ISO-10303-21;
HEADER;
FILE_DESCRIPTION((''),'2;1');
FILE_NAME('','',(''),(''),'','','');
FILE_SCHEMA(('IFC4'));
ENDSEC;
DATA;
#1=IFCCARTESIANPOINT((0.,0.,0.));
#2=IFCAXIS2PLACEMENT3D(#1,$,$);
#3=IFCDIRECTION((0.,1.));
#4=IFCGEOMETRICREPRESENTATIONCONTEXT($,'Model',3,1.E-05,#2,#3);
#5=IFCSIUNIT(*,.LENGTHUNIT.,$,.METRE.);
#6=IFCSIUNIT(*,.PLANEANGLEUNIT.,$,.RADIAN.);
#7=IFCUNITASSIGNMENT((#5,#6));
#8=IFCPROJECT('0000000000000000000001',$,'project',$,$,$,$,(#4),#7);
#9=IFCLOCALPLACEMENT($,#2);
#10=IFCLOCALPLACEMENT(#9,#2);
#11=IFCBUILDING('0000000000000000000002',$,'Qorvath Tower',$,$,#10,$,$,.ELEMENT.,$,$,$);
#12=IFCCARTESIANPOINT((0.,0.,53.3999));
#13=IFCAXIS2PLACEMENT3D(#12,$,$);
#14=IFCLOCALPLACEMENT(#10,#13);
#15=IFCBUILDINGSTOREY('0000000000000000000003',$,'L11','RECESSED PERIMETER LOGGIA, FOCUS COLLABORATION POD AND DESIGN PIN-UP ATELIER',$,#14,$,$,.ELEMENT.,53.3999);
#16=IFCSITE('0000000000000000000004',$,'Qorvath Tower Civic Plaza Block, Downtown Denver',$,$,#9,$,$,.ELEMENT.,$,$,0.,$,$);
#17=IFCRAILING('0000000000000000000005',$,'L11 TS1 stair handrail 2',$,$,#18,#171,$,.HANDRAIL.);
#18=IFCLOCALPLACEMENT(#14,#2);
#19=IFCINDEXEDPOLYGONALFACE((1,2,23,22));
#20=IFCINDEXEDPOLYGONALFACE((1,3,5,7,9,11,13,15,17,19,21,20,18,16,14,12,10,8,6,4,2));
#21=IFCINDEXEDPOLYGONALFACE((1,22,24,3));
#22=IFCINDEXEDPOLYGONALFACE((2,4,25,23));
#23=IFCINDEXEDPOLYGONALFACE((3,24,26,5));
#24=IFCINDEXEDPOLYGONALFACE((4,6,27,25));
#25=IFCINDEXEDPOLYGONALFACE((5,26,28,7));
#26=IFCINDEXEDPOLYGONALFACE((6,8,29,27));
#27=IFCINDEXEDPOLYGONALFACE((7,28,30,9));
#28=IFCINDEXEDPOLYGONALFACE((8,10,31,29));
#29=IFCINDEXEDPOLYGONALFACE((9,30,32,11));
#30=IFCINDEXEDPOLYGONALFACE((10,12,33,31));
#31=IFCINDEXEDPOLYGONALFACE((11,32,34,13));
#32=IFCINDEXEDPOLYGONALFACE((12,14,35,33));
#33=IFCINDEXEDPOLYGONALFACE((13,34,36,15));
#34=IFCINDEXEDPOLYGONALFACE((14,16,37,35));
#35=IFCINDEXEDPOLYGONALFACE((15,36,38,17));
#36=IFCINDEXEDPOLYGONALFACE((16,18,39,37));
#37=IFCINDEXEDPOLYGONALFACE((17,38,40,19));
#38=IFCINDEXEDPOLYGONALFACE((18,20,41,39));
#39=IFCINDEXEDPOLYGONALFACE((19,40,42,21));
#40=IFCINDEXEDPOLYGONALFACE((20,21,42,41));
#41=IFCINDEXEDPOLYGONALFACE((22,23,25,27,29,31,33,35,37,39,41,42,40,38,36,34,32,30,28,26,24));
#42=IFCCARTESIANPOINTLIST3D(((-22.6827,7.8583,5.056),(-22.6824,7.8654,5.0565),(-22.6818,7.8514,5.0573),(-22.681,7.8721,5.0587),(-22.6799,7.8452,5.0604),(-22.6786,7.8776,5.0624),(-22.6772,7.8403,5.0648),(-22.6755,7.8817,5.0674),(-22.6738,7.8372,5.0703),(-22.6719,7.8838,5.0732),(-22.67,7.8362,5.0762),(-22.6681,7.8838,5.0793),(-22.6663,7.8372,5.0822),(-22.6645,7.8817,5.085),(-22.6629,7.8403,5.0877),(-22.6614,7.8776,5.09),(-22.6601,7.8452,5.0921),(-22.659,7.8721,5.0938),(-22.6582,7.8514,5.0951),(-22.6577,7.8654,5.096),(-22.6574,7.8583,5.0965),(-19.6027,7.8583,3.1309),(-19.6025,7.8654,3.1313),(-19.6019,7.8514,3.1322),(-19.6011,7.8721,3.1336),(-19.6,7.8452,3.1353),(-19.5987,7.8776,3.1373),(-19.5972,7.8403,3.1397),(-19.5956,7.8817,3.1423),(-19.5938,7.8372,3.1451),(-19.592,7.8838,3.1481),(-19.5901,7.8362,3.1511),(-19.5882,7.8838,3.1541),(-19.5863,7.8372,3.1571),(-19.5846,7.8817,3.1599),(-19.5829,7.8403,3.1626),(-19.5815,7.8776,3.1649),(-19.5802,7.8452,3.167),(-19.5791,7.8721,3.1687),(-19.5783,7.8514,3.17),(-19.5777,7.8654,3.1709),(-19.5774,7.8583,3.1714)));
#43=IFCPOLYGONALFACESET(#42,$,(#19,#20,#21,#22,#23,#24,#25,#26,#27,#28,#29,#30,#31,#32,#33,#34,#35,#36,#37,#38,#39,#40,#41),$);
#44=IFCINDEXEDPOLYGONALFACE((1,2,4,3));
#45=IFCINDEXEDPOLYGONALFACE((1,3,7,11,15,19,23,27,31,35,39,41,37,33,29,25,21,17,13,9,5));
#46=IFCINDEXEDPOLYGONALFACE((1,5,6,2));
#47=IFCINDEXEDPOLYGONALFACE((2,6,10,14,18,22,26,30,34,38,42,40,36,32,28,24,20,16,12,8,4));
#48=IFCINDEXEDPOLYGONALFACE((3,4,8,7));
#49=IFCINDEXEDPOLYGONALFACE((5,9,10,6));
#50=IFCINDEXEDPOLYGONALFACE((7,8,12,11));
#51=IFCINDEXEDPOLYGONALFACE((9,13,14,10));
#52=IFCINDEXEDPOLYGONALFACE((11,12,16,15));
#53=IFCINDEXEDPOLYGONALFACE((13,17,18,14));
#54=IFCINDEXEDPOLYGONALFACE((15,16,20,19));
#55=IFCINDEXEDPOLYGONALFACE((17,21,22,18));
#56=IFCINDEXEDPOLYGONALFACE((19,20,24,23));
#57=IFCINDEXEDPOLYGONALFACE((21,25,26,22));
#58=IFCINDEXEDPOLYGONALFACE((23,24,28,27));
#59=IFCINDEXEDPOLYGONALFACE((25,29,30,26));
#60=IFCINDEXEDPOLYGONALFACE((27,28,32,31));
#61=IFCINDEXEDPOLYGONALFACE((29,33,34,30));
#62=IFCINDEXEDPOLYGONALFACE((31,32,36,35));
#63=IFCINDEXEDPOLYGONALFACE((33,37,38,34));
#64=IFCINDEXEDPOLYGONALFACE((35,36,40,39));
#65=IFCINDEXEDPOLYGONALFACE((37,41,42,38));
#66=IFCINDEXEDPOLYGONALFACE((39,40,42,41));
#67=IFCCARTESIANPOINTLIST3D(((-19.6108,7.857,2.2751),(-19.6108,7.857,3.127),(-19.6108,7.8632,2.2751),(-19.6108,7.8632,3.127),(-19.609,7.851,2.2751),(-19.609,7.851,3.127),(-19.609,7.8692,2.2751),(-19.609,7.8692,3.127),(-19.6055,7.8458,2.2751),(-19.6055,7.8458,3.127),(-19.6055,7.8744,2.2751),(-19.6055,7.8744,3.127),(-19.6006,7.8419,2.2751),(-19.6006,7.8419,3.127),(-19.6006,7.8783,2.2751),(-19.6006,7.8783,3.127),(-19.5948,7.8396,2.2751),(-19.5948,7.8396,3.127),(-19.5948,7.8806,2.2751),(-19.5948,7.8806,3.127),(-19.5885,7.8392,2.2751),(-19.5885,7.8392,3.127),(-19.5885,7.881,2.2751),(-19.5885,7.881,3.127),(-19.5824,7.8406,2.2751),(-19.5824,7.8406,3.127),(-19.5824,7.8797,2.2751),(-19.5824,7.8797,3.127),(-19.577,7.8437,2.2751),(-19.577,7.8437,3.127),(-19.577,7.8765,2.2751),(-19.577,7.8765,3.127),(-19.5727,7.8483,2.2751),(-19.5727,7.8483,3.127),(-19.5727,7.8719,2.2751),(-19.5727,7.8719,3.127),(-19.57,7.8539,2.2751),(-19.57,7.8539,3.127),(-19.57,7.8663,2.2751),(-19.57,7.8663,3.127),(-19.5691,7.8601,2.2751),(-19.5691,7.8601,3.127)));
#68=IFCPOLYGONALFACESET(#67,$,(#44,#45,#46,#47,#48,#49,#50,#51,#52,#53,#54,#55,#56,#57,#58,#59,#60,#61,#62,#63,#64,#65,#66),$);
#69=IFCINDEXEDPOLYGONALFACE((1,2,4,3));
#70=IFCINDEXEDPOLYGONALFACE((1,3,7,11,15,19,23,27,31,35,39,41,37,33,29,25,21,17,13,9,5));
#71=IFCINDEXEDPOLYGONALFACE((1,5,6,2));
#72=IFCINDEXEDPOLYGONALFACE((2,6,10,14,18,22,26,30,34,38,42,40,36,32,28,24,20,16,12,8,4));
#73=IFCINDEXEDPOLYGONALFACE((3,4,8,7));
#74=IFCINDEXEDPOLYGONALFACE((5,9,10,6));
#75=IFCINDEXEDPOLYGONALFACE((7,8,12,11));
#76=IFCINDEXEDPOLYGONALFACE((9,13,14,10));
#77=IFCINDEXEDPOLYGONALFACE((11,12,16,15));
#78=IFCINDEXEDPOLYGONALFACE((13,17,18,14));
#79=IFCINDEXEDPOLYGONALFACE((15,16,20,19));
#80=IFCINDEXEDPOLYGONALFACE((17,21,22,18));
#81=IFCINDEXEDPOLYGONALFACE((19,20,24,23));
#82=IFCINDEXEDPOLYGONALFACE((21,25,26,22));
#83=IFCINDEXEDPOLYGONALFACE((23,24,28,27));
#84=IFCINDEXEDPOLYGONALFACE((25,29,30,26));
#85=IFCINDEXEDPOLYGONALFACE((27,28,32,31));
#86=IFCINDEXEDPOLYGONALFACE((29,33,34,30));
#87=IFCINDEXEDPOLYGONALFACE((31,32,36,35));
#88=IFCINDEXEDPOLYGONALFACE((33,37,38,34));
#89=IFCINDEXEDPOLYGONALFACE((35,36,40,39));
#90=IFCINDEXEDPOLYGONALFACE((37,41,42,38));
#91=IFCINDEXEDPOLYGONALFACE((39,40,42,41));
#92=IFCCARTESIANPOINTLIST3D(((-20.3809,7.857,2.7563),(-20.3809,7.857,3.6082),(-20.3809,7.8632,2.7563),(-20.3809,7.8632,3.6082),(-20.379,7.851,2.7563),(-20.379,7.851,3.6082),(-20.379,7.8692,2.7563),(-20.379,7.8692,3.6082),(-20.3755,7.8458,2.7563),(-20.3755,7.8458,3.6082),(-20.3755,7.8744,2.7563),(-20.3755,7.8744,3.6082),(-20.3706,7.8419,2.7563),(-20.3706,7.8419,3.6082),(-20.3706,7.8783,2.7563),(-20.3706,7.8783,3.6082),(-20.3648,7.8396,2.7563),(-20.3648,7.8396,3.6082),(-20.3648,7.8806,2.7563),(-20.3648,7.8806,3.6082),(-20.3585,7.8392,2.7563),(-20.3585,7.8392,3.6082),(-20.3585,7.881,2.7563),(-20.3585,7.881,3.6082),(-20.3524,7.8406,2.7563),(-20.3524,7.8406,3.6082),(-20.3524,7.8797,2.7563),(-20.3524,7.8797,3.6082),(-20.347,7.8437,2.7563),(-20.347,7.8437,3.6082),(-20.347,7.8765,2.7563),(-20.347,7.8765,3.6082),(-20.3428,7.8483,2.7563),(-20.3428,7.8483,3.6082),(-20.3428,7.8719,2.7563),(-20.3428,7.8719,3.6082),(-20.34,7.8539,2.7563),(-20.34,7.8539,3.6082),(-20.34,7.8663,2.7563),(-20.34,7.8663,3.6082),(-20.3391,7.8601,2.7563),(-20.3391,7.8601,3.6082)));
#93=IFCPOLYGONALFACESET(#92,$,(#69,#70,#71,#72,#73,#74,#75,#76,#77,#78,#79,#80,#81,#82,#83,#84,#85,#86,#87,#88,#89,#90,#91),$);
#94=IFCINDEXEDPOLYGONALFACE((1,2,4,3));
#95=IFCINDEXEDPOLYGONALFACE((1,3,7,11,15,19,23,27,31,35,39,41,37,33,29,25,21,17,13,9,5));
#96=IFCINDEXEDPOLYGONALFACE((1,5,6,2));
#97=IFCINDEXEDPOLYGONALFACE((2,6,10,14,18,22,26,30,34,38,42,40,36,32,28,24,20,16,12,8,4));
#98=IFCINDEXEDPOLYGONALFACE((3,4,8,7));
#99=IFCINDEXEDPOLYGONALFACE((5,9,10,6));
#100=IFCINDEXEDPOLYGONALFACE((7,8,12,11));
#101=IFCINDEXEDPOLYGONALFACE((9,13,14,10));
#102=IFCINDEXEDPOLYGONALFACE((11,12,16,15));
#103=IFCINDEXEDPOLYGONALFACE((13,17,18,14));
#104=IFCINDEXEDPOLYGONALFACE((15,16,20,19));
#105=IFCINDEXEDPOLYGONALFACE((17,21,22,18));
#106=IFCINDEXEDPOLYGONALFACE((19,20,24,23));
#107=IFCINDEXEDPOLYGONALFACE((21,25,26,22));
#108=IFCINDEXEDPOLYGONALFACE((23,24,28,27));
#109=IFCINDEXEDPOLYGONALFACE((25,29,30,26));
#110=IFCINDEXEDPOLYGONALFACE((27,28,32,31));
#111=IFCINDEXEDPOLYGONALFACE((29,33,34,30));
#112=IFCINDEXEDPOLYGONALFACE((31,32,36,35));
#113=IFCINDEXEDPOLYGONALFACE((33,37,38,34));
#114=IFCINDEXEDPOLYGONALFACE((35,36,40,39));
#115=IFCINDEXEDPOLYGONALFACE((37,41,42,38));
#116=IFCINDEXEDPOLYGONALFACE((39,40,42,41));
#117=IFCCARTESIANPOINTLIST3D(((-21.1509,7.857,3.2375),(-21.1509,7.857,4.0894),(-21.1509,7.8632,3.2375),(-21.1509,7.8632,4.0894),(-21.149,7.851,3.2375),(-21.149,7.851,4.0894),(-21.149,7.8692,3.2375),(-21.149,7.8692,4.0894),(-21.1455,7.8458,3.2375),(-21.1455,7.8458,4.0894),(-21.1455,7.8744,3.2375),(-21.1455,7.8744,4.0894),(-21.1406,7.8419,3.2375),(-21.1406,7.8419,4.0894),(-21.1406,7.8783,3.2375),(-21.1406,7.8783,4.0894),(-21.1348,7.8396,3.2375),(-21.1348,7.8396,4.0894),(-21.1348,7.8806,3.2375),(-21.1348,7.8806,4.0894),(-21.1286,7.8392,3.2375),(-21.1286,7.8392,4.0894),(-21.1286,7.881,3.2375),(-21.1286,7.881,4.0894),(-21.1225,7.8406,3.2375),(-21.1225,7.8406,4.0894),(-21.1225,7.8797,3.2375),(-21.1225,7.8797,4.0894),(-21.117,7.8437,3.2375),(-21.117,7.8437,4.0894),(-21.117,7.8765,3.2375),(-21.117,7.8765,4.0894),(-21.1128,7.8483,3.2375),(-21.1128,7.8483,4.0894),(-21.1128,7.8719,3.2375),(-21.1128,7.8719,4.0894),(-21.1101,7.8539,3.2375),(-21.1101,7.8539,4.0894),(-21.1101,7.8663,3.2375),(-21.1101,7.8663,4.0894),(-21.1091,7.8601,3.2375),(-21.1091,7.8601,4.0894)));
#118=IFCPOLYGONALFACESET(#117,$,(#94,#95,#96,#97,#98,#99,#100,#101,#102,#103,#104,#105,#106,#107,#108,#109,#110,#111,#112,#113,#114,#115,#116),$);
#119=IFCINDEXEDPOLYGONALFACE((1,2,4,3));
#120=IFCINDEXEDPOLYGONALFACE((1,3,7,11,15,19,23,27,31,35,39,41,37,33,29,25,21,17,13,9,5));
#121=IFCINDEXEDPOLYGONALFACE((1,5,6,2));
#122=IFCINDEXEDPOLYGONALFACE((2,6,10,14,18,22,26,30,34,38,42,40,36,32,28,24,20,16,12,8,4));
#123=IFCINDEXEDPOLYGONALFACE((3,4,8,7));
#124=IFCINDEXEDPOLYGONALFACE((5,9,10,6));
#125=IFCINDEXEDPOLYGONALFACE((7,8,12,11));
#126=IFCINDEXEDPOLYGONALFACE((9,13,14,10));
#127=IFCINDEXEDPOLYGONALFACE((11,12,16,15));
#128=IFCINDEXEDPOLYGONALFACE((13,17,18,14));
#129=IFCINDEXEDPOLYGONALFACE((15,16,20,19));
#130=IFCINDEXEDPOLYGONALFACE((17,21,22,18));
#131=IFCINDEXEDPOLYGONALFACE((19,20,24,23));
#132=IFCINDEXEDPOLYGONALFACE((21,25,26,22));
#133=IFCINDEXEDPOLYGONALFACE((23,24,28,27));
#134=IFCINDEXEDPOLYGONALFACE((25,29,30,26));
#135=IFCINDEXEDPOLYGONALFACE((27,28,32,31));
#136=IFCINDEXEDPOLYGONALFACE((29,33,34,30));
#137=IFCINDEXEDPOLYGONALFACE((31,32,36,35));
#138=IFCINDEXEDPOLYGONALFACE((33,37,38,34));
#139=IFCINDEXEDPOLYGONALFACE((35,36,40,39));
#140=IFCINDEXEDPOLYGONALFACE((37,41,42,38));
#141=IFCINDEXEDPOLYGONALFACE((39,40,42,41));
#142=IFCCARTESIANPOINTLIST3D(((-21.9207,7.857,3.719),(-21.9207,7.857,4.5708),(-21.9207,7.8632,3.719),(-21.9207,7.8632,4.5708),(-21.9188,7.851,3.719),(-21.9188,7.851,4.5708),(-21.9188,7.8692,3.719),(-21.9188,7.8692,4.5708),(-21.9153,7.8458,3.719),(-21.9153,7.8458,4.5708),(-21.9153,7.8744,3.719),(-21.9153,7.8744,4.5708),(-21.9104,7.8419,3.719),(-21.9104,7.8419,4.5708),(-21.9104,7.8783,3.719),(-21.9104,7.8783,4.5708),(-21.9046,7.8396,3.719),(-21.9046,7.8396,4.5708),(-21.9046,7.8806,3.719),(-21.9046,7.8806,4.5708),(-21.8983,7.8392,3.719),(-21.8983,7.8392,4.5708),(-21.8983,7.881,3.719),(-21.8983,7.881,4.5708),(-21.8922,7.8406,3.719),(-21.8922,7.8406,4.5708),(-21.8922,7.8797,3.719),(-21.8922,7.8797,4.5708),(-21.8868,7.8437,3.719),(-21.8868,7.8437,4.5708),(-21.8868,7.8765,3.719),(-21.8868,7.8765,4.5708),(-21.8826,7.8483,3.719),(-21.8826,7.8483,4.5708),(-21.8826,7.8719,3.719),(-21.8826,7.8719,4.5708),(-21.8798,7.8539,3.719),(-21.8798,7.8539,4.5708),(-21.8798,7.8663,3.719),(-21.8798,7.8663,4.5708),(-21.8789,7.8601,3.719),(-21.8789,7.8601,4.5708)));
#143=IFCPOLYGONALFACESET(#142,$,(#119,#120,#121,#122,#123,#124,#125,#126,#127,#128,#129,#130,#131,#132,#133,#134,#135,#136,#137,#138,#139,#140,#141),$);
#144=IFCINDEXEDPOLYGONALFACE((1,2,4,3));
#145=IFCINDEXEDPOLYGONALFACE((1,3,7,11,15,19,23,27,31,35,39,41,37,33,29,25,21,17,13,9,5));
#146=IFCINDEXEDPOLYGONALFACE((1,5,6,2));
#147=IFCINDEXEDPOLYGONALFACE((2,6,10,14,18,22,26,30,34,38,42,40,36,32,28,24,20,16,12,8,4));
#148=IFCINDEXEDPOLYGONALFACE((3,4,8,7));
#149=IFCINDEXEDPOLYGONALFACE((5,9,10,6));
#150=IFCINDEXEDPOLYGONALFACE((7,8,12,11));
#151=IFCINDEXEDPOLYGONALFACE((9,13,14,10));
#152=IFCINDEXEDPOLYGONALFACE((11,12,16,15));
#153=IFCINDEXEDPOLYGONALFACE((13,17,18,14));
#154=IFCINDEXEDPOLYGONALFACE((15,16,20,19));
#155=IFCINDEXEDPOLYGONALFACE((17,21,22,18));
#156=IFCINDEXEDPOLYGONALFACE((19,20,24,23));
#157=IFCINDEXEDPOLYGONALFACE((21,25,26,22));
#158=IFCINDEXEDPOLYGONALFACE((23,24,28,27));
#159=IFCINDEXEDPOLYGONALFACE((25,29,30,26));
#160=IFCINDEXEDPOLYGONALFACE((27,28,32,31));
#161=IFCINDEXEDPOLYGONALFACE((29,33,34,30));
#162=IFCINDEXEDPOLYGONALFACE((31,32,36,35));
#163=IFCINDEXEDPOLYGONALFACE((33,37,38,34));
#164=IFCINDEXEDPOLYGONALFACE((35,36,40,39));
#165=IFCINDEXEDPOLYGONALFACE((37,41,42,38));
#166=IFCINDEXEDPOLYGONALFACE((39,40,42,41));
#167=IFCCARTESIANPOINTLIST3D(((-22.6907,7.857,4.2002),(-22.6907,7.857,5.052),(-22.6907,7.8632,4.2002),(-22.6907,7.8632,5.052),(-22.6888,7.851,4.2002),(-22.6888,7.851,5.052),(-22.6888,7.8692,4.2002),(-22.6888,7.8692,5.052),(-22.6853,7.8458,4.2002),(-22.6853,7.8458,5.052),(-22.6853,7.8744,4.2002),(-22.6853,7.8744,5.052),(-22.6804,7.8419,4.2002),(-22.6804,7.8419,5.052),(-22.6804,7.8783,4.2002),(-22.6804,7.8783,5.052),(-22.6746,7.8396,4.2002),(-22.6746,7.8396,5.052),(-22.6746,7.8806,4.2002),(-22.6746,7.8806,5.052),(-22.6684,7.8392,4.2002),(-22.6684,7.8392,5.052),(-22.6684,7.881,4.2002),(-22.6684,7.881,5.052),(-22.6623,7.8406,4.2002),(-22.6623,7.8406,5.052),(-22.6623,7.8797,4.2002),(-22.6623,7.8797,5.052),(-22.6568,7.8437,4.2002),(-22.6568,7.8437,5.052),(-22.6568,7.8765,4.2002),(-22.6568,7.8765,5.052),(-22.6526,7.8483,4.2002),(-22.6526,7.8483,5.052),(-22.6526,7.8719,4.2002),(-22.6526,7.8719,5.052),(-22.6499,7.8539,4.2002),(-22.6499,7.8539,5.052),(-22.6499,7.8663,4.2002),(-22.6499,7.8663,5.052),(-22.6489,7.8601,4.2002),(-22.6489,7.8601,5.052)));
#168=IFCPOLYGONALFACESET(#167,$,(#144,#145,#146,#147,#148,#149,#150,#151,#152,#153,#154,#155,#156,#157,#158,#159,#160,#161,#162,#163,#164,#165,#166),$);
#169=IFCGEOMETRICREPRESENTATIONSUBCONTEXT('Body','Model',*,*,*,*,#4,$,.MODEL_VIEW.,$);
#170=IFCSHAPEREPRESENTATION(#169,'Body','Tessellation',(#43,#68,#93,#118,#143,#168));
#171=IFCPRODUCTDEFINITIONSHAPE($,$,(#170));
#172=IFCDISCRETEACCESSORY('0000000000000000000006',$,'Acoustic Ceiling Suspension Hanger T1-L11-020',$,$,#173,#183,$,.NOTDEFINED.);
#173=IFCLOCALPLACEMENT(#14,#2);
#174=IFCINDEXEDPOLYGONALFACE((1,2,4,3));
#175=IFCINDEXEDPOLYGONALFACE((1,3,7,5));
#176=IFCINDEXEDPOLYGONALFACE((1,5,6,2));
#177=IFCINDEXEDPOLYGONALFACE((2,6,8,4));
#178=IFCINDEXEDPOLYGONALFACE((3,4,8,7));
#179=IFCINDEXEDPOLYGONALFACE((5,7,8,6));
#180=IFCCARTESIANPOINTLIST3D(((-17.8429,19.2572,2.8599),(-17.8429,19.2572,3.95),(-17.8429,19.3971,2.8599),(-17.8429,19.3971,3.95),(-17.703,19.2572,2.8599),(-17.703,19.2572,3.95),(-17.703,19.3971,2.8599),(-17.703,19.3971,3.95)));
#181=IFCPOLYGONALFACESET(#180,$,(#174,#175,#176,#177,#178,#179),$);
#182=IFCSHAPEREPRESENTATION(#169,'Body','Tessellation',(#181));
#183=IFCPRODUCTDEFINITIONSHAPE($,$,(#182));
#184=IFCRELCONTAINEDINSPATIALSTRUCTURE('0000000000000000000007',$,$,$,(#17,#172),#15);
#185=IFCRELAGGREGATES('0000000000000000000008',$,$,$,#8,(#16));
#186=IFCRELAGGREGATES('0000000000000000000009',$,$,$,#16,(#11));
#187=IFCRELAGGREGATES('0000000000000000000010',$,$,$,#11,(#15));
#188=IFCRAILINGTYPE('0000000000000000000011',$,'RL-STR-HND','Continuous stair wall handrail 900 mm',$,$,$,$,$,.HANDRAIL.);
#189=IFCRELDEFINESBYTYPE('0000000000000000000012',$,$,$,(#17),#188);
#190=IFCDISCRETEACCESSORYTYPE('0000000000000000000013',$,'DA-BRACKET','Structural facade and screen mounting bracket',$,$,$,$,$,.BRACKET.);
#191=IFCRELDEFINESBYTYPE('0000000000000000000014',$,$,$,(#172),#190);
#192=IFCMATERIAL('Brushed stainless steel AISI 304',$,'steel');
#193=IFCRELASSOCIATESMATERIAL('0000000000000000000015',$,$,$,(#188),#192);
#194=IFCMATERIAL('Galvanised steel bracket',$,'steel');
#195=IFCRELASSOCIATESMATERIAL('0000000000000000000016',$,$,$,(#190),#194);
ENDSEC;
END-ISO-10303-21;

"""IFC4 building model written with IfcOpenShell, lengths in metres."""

from ifc_helpers import new_model, si_unit, direction, frame, origin, origin_2d, place, context, subcontext, project, spatial, rectangle, circle, extrude, material, type_object, element, save


model = new_model("IFC4")

# Units and contexts
model_context = context("Model", 3, precision=1e-05, world=origin(), true_north=direction((0.0, 1.0)))
body_context = subcontext(model_context, "Body", "Model", "MODEL_VIEW")
ifc_project = project(units=[si_unit("LENGTHUNIT", "METRE"), si_unit("PLANEANGLEUNIT", "RADIAN")], contexts=[model_context])

# Site, building, storey
site_placement = place(None, origin())
site = spatial("IfcSite", under=ifc_project, at=site_placement, Name="Qorvath Tower Civic Plaza Block, Downtown Denver", CompositionType="ELEMENT", RefElevation=0.0)
building_placement = place(site_placement, origin())
building = spatial("IfcBuilding", under=site, at=building_placement, Name="Qorvath Tower", CompositionType="ELEMENT")
storey_placement = place(building_placement, frame((0.0, 0.0, 53.3999)))
storey = spatial("IfcBuildingStorey", under=building, at=storey_placement, Name="L11", Description="RECESSED PERIMETER LOGGIA, FOCUS COLLABORATION POD AND DESIGN PIN-UP ATELIER", CompositionType="ELEMENT", Elevation=53.3999)

# Railing
ifc_material_1 = material(Name="Brushed stainless steel AISI 304", Category="steel")
railing_type_1 = type_object("IfcRailingType", Name="RL-STR-HND", Description="Continuous stair wall handrail 900 mm", PredefinedType="HANDRAIL", material=ifc_material_1)
railing_1_placement = place(storey_placement, frame((-19.5901, 7.8601, 2.2751)))
element("IfcRailing", 1, at=railing_1_placement, inside=storey, type_object=railing_type_1, Name="L11 TS1 stair handrail 2", PredefinedType="HANDRAIL", context=body_context, shape_type="SweptSolid", body=[
    extrude(circle(Radius=0.0239, at=origin_2d()), frame((0.0, 0.0, 0.876), z_axis=(-0.847979, 0.0, 0.530029), x_axis=(0.0, -1.0, 0.0)), (0.0, 0.0, 1.0), 3.6321),
    extrude(circle(Radius=0.021, at=origin_2d()), origin(), (0.0, 0.0, 1.0), 0.8518),
    extrude(circle(Radius=0.021, at=origin_2d()), frame((-0.77, 0.0, 0.4812)), (0.0, 0.0, 1.0), 0.8518),
    extrude(circle(Radius=0.021, at=origin_2d()), frame((-1.54, 0.0, 0.9624)), (0.0, 0.0, 1.0), 0.8518),
    extrude(circle(Radius=0.021, at=origin_2d()), frame((-2.3098, 0.0, 1.4438)), (0.0, 0.0, 1.0), 0.8518),
    extrude(circle(Radius=0.021, at=origin_2d()), frame((-3.0798, 0.0, 1.925)), (0.0, 0.0, 1.0), 0.8518),
])

# Discrete accessory
ifc_material_2 = material(Name="Galvanised steel bracket", Category="steel")
discrete_accessory_type = type_object("IfcDiscreteAccessoryType", Name="DA-BRACKET", Description="Structural facade and screen mounting bracket", PredefinedType="BRACKET", material=ifc_material_2)
discrete_accessory_placement = place(storey_placement, frame((-17.7729, 19.3271, 2.8599), z_axis=(0.0, 0.0, 1.0), x_axis=(1.0, 0.0, 0.0)))
element("IfcDiscreteAccessory", 2, at=discrete_accessory_placement, inside=storey, type_object=discrete_accessory_type, Name="Acoustic Ceiling Suspension Hanger T1-L11-020", PredefinedType="NOTDEFINED", context=body_context, shape_type="SweptSolid", body=[
    extrude(rectangle(XDim=0.1399, YDim=0.1399, at=origin_2d()), origin(), (0.0, 0.0, 1.0), 1.0901),
])

save(model, "model.ifc")
